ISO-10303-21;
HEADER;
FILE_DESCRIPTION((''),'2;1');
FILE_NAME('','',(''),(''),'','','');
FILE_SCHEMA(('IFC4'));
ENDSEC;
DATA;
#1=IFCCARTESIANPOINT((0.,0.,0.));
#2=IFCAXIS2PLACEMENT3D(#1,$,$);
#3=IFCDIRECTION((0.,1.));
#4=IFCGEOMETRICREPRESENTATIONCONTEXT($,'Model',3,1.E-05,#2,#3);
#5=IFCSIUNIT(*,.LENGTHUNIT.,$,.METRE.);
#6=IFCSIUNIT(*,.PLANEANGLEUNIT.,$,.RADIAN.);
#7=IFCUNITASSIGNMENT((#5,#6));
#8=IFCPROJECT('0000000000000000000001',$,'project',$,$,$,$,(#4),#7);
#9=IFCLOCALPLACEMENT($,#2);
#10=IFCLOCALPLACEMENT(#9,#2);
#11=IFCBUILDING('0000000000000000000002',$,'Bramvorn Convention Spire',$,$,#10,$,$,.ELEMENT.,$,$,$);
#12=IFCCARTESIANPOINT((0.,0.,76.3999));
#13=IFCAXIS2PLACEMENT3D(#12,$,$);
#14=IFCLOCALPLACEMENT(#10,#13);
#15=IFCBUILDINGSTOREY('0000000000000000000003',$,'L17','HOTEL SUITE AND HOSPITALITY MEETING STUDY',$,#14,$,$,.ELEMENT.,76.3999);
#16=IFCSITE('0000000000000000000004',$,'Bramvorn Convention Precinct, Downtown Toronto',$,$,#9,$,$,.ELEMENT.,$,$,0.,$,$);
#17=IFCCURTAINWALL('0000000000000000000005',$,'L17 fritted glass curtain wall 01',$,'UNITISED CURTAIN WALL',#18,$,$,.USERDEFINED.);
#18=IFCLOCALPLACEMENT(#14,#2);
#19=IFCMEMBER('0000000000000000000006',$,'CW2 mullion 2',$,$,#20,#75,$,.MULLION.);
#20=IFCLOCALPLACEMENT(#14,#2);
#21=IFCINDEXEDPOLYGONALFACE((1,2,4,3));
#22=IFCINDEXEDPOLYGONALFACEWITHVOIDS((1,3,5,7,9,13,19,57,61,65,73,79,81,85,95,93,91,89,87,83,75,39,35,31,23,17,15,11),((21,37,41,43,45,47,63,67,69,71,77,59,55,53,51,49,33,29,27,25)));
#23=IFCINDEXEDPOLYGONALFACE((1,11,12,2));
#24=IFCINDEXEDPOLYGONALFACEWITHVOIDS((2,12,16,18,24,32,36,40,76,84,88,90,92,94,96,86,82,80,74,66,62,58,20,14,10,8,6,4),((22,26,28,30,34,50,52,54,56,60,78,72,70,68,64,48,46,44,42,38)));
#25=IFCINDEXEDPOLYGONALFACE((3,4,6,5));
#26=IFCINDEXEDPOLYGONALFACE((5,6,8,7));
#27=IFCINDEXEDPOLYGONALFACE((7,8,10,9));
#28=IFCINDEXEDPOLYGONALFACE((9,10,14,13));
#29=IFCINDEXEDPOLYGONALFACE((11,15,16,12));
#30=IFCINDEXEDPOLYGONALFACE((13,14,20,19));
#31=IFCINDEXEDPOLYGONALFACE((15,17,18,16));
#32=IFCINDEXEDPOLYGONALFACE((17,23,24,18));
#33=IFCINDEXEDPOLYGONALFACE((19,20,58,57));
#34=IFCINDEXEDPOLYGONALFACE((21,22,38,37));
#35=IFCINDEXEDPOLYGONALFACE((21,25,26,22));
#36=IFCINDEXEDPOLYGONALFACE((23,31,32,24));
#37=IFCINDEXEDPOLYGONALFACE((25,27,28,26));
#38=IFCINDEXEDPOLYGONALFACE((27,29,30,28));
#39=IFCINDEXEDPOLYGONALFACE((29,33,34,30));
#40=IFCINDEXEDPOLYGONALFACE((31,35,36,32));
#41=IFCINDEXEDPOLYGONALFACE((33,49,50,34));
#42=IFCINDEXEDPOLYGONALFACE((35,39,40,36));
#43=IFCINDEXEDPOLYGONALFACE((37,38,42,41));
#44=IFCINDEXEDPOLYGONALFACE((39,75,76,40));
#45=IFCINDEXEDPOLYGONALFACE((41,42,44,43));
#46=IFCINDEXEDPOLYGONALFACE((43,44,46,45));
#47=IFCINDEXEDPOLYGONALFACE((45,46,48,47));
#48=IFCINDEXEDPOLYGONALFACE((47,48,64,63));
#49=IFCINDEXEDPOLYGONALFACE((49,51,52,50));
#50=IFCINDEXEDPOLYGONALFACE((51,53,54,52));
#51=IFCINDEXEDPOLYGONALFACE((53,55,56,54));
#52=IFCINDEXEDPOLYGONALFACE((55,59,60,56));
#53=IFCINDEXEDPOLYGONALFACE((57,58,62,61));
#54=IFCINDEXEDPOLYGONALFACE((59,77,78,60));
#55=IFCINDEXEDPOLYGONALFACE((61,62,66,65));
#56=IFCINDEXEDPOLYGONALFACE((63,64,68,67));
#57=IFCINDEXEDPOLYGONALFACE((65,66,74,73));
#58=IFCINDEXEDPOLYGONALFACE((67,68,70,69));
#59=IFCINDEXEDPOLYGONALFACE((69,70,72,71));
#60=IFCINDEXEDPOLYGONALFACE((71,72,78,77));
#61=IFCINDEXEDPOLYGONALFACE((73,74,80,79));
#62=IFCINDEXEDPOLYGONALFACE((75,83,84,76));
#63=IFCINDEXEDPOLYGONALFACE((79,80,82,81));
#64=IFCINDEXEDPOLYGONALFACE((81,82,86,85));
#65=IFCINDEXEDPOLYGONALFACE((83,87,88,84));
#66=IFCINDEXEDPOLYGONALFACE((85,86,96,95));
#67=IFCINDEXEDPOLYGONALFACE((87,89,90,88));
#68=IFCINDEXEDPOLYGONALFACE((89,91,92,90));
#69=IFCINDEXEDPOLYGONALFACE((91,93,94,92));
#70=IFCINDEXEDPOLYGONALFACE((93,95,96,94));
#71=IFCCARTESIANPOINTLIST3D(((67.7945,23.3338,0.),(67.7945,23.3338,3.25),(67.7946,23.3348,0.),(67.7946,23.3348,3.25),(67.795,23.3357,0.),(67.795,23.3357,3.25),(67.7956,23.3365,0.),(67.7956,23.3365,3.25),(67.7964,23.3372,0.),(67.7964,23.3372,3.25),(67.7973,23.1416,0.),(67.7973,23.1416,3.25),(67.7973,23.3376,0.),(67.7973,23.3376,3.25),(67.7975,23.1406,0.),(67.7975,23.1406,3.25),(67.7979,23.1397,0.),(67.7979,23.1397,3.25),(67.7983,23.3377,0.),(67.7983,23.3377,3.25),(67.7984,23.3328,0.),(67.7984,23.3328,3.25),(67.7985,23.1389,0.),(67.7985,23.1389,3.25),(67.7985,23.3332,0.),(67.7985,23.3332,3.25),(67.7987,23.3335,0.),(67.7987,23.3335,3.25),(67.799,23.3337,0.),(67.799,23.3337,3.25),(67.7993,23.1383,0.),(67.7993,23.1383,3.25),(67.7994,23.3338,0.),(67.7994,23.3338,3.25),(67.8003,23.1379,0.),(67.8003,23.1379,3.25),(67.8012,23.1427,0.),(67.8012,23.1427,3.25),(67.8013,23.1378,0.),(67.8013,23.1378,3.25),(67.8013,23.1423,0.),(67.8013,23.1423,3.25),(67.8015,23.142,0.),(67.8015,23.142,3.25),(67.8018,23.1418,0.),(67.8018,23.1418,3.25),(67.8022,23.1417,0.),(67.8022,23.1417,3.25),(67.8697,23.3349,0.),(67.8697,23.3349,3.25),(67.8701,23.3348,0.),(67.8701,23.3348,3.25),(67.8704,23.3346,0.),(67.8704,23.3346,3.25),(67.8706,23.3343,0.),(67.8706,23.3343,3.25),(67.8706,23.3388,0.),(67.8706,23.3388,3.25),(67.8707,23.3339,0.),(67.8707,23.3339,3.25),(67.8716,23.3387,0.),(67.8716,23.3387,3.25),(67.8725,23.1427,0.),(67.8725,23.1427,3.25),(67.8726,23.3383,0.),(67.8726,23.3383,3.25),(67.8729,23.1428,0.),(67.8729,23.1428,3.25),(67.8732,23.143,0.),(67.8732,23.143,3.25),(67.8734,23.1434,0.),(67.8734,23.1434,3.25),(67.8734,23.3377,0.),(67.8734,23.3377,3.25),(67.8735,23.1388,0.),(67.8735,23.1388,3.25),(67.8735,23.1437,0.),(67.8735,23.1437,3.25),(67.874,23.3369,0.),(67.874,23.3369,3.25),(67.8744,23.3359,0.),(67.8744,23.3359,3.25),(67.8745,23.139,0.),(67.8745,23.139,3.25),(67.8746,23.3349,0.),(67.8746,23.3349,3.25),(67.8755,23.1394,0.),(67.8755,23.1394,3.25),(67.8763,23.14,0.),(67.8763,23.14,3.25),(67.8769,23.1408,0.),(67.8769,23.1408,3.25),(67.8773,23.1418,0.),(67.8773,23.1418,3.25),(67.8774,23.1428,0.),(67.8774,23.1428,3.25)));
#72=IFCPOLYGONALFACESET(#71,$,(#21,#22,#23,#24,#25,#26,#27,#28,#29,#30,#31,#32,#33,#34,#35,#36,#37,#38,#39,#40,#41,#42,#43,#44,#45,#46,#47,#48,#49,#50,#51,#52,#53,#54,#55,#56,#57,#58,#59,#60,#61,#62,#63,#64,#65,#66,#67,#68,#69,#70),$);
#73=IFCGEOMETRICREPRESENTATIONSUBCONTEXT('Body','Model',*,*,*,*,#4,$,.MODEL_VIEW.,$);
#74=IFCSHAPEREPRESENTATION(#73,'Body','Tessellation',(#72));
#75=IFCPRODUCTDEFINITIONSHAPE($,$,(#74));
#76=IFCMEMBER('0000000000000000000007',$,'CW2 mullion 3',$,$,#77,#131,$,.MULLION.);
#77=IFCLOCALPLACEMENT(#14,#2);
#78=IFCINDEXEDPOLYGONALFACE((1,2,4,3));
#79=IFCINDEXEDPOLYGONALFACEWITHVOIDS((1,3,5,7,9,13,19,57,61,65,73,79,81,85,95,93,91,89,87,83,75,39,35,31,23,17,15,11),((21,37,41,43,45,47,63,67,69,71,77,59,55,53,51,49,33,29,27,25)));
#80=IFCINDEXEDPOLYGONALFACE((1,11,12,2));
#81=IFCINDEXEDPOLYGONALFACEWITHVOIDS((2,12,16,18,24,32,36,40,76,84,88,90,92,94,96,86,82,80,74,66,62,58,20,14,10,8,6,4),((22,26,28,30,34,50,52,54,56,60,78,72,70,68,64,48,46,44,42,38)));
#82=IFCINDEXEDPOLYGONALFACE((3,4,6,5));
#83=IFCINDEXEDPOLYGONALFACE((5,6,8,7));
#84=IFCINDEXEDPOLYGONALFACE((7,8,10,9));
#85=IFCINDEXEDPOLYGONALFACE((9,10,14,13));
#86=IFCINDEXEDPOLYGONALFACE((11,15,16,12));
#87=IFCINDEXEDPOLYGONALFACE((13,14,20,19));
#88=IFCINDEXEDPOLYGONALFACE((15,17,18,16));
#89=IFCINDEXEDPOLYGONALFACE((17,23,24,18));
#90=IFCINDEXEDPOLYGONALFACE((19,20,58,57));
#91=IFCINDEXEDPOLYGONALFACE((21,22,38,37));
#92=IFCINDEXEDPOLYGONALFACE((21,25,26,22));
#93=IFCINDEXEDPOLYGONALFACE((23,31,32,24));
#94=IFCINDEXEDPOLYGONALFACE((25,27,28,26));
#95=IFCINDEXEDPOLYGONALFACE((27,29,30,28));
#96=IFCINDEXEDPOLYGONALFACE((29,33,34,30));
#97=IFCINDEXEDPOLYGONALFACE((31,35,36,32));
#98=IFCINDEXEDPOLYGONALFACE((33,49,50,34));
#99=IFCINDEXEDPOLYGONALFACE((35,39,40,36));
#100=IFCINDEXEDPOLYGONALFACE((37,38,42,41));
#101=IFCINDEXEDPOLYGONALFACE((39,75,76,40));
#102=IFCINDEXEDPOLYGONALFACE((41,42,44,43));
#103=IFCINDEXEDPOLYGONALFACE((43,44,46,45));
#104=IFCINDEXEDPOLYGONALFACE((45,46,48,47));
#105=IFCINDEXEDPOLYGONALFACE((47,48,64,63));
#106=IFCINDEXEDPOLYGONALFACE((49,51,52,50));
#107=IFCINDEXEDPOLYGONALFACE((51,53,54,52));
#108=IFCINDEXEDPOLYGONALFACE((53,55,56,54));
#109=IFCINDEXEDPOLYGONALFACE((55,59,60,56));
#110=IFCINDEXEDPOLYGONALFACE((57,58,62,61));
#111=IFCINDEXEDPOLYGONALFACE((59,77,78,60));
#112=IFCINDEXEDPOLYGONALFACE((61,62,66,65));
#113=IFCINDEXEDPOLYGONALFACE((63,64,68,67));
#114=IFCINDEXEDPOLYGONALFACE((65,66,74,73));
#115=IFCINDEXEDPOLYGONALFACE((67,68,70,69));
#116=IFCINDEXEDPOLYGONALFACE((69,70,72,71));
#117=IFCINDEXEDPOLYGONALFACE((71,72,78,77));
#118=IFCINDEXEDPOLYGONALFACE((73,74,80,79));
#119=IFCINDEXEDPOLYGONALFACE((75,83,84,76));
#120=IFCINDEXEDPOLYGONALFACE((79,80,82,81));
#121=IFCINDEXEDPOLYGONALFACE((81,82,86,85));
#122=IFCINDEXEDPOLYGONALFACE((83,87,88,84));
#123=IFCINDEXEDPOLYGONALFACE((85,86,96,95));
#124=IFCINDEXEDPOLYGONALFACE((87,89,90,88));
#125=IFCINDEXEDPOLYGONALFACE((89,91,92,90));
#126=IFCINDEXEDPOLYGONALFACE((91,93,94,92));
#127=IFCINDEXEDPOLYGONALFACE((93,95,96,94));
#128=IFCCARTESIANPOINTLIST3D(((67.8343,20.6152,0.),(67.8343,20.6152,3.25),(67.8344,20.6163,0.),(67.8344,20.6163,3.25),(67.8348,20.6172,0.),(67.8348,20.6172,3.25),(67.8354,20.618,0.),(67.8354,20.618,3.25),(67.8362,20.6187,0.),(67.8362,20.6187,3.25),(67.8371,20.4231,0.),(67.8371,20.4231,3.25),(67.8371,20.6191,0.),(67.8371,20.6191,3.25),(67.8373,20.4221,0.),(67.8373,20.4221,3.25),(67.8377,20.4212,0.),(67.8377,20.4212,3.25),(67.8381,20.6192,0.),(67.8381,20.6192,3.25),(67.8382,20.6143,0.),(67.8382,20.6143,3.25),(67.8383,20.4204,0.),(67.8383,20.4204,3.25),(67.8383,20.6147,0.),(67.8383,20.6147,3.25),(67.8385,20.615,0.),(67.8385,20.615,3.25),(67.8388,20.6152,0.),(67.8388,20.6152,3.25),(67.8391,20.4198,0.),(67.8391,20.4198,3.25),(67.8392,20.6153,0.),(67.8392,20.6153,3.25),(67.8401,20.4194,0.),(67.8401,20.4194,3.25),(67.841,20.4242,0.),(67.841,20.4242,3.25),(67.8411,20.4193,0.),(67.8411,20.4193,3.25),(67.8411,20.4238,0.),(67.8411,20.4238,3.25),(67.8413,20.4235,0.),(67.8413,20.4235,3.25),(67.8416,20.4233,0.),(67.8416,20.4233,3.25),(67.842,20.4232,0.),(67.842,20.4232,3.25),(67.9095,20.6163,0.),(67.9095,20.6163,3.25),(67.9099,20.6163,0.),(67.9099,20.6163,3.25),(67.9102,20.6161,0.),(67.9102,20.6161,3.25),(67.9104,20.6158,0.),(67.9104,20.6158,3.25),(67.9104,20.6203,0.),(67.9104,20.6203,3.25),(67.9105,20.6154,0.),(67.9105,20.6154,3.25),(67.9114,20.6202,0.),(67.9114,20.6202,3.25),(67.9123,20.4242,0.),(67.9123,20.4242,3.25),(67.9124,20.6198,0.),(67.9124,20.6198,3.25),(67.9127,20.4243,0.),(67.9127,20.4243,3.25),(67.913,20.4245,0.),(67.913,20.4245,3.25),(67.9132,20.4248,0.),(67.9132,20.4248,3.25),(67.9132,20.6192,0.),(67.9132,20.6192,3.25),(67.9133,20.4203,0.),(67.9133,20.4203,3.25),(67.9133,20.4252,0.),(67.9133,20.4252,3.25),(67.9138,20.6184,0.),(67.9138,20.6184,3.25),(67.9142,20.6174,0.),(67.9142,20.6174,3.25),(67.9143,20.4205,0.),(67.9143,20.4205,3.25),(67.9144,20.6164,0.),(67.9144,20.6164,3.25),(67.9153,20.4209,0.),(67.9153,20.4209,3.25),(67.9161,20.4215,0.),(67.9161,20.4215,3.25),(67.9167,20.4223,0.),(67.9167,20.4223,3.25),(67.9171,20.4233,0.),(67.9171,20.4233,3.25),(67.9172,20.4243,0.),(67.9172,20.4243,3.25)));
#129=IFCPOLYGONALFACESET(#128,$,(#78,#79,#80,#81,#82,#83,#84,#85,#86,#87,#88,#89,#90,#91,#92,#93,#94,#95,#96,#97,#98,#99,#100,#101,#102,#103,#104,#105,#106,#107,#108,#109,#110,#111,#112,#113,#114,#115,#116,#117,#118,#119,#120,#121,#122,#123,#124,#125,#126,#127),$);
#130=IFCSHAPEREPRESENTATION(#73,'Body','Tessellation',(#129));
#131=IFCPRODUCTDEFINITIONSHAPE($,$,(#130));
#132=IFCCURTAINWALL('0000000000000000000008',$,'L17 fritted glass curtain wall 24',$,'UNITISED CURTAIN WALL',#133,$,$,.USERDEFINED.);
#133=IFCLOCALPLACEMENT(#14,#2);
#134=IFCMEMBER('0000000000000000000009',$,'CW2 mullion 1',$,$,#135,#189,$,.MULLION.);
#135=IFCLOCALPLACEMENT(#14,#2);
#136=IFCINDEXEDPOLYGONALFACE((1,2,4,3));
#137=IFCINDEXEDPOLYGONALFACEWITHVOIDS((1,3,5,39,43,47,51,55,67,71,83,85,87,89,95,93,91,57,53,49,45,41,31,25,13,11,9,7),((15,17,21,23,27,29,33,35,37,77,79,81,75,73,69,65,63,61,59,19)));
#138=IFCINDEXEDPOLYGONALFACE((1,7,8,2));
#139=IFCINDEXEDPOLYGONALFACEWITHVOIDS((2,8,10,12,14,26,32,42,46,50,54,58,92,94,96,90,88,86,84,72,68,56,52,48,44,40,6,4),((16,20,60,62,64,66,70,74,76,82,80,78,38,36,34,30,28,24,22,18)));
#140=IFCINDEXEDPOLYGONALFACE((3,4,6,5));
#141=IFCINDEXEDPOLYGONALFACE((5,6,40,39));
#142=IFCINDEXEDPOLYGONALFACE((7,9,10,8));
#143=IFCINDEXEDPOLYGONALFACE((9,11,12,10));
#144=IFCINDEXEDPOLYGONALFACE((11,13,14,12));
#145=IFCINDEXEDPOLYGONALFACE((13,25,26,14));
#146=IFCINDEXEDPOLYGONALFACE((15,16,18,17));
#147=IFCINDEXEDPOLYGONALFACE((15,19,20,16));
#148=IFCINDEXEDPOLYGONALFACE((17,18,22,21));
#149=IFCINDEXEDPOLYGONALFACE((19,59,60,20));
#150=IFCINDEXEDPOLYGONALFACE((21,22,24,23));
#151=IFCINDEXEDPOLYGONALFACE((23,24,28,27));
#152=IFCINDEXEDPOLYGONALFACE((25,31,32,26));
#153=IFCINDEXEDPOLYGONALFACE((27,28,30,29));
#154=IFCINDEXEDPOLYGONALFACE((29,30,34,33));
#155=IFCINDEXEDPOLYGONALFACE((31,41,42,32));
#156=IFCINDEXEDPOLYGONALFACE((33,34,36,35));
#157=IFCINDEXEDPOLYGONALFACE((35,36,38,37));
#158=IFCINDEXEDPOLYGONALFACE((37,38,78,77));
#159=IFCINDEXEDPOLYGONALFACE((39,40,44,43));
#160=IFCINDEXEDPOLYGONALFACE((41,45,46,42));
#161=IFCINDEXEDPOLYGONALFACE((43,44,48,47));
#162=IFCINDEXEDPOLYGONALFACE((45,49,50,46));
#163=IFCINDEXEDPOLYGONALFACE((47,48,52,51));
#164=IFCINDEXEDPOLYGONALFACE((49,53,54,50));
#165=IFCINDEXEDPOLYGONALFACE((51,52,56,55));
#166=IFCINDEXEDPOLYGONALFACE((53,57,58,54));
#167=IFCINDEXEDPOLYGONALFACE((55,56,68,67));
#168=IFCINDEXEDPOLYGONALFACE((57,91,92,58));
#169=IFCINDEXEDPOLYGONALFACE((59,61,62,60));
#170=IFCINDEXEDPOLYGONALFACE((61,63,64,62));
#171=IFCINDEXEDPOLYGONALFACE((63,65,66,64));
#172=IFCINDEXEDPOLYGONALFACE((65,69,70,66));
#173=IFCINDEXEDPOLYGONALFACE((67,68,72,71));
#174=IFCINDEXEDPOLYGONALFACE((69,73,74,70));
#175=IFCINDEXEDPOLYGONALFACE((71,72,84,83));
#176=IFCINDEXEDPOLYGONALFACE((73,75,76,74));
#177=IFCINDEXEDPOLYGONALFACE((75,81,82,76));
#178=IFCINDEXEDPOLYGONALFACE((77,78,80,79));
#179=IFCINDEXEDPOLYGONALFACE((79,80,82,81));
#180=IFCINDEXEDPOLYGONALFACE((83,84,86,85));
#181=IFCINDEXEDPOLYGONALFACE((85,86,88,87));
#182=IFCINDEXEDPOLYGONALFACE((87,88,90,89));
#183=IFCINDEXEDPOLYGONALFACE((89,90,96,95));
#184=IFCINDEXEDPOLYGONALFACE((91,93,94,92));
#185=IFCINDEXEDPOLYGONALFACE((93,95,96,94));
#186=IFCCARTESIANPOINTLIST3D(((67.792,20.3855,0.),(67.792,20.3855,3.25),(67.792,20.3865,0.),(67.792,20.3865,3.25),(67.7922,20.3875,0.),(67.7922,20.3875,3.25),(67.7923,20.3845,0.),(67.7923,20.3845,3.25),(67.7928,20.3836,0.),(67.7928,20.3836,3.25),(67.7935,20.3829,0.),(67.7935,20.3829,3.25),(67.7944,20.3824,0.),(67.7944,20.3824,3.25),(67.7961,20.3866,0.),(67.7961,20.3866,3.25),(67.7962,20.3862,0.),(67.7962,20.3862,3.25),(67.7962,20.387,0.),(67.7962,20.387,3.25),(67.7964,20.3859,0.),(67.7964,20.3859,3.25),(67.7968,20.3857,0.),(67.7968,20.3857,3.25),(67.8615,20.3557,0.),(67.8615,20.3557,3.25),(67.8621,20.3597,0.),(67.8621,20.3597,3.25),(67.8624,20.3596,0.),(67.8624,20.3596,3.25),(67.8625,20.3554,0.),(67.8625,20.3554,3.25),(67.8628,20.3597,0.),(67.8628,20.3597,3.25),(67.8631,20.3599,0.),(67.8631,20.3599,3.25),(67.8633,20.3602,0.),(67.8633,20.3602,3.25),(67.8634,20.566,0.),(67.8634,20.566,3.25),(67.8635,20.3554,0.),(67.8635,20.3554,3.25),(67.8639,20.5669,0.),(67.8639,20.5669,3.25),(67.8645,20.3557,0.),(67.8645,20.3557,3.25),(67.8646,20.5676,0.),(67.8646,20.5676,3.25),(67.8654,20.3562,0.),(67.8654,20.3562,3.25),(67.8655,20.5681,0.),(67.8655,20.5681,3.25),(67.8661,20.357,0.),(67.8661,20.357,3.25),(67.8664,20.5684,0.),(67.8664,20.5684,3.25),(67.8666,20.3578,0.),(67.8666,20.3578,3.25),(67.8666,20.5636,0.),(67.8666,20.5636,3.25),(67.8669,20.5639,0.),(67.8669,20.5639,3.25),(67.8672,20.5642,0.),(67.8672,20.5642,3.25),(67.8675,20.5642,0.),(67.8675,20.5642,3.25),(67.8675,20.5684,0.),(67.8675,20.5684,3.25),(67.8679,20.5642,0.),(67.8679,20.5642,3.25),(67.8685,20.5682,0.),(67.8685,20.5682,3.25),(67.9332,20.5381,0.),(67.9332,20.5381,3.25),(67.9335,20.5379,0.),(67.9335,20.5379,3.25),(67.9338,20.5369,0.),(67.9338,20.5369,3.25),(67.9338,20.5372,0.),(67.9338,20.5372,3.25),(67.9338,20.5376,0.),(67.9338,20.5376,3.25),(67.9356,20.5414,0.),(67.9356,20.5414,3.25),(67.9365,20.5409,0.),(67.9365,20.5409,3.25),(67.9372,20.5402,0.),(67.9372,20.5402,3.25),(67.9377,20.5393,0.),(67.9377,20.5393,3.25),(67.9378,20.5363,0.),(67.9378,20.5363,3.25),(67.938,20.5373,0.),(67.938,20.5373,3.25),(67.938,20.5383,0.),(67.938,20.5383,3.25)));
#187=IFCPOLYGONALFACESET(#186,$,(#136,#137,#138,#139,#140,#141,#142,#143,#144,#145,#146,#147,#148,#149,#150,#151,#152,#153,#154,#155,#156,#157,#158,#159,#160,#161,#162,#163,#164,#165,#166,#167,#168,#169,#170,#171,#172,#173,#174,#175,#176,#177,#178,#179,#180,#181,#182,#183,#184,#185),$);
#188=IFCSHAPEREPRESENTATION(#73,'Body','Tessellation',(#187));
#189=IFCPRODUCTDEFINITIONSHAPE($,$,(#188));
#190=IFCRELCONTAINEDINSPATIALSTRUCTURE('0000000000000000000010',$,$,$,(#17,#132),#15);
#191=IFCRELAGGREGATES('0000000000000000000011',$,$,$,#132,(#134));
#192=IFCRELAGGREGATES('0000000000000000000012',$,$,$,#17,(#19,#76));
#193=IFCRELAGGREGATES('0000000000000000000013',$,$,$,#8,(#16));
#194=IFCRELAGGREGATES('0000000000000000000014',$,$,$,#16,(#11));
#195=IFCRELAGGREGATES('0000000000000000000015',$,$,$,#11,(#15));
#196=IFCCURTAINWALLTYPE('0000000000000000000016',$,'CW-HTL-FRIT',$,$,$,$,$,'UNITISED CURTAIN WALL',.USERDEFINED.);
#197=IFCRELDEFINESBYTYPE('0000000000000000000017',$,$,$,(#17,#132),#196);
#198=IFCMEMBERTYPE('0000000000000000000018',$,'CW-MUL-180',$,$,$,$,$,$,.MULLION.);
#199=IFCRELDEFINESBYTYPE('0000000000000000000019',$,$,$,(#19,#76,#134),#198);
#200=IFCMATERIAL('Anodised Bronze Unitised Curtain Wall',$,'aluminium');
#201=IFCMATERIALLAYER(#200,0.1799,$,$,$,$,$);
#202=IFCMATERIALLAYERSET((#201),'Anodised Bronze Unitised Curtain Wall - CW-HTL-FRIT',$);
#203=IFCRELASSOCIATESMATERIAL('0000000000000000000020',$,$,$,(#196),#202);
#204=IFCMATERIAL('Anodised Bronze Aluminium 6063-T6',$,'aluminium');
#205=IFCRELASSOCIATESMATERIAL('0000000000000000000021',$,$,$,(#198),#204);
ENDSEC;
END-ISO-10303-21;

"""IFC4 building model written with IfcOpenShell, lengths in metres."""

from ifc_helpers import new_model, si_unit, direction, frame, origin, origin_2d, place, context, subcontext, project, spatial, hollow_rectangle, extrude, material, layer, layer_set, material_profile, profile_set, type_object, element, aggregate, save


model = new_model("IFC4")

# Units and contexts
model_context = context("Model", 3, precision=1e-05, world=origin(), true_north=direction((0.0, 1.0)))
body_context = subcontext(model_context, "Body", "Model", "MODEL_VIEW")
ifc_project = project(units=[si_unit("LENGTHUNIT", "METRE"), si_unit("PLANEANGLEUNIT", "RADIAN")], contexts=[model_context])

# Site, building, storey
site_placement = place(None, origin())
site = spatial("IfcSite", under=ifc_project, at=site_placement, Name="Bramvorn Convention Precinct, Downtown Toronto", CompositionType="ELEMENT", RefElevation=0.0)
building_placement = place(site_placement, origin())
building = spatial("IfcBuilding", under=site, at=building_placement, Name="Bramvorn Convention Spire", CompositionType="ELEMENT")
storey_placement = place(building_placement, frame((0.0, 0.0, 76.3999)))
storey = spatial("IfcBuildingStorey", under=building, at=storey_placement, Name="L17", Description="HOTEL SUITE AND HOSPITALITY MEETING STUDY", CompositionType="ELEMENT", Elevation=76.3999)

# Curtain wall, members
ifc_material_1 = material(Name="Anodised Bronze Unitised Curtain Wall", Category="aluminium")
ifc_layer_1 = layer(ifc_material_1, 0.1799)
ifc_layer_set_1 = layer_set([ifc_layer_1], Name="Anodised Bronze Unitised Curtain Wall - CW-HTL-FRIT")
curtain_wall_type = type_object("IfcCurtainWallType", Name="CW-HTL-FRIT", ElementType="UNITISED CURTAIN WALL", PredefinedType="USERDEFINED", material=ifc_layer_set_1)
curtain_wall_1_placement = place(storey_placement, origin())
curtain_wall_1 = element("IfcCurtainWall", 1, at=curtain_wall_1_placement, inside=storey, type_object=curtain_wall_type, Name="L17 fritted glass curtain wall 01", ObjectType="UNITISED CURTAIN WALL", PredefinedType="USERDEFINED")
ifc_material_2 = material(Name="Anodised Bronze Aluminium 6063-T6", Category="aluminium")
ifc_material_profile_1 = material_profile(ifc_material_2, hollow_rectangle(XDim=0.0801, YDim=0.2, WallThickness=0.0039, InnerFilletRadius=0.001, OuterFilletRadius=0.0039, at=origin_2d()))
ifc_profile_set_1 = profile_set([ifc_material_profile_1], Name="Anodised Bronze Aluminium 6063-T6 - CWM80X200")
member_type_1 = type_object("IfcMemberType", Name="CW-MUL-180", PredefinedType="MULLION", material=ifc_profile_set_1)
member_1_placement = place(storey_placement, frame((67.8359, 23.2383, 0.0), z_axis=(0.0, 0.0, 1.0), x_axis=(0.999893, 0.014625, 0.0)))
member_1 = element("IfcMember", 2, at=member_1_placement, type_object=member_type_1, Name="CW2 mullion 2", PredefinedType="MULLION", context=body_context, shape_type="SweptSolid", body=[
    extrude(hollow_rectangle(XDim=0.0801, YDim=0.2, WallThickness=0.0039, InnerFilletRadius=0.001, OuterFilletRadius=0.0039, at=origin_2d()), origin(), (0.0, 0.0, 1.0), 3.25),
])
member_2_placement = place(storey_placement, frame((67.8757, 20.5198, 0.0), z_axis=(0.0, 0.0, 1.0), x_axis=(0.999893, 0.014625, 0.0)))
member_2 = element("IfcMember", 3, at=member_2_placement, type_object=member_type_1, Name="CW2 mullion 3", PredefinedType="MULLION", context=body_context, shape_type="SweptSolid", body=[
    extrude(hollow_rectangle(XDim=0.0801, YDim=0.2, WallThickness=0.0039, InnerFilletRadius=0.001, OuterFilletRadius=0.0039, at=origin_2d()), origin(), (0.0, 0.0, 1.0), 3.25),
])

# Curtain wall, member
curtain_wall_2_placement = place(storey_placement, origin())
curtain_wall_2 = element("IfcCurtainWall", 4, at=curtain_wall_2_placement, inside=storey, type_object=curtain_wall_type, Name="L17 fritted glass curtain wall 24", ObjectType="UNITISED CURTAIN WALL", PredefinedType="USERDEFINED")
member_3_placement = place(storey_placement, frame((67.865, 20.4619, 0.0), z_axis=(0.0, 0.0, 1.0), x_axis=(0.92889, -0.370355, 0.0)))
member_3 = element("IfcMember", 5, at=member_3_placement, type_object=member_type_1, Name="CW2 mullion 1", PredefinedType="MULLION", context=body_context, shape_type="SweptSolid", body=[
    extrude(hollow_rectangle(XDim=0.0801, YDim=0.2, WallThickness=0.0039, InnerFilletRadius=0.001, OuterFilletRadius=0.0039, at=origin_2d()), origin(), (0.0, 0.0, 1.0), 3.25),
])

aggregate(curtain_wall_2, [member_3])

aggregate(curtain_wall_1, [member_1, member_2])

save(model, "model.ifc")
